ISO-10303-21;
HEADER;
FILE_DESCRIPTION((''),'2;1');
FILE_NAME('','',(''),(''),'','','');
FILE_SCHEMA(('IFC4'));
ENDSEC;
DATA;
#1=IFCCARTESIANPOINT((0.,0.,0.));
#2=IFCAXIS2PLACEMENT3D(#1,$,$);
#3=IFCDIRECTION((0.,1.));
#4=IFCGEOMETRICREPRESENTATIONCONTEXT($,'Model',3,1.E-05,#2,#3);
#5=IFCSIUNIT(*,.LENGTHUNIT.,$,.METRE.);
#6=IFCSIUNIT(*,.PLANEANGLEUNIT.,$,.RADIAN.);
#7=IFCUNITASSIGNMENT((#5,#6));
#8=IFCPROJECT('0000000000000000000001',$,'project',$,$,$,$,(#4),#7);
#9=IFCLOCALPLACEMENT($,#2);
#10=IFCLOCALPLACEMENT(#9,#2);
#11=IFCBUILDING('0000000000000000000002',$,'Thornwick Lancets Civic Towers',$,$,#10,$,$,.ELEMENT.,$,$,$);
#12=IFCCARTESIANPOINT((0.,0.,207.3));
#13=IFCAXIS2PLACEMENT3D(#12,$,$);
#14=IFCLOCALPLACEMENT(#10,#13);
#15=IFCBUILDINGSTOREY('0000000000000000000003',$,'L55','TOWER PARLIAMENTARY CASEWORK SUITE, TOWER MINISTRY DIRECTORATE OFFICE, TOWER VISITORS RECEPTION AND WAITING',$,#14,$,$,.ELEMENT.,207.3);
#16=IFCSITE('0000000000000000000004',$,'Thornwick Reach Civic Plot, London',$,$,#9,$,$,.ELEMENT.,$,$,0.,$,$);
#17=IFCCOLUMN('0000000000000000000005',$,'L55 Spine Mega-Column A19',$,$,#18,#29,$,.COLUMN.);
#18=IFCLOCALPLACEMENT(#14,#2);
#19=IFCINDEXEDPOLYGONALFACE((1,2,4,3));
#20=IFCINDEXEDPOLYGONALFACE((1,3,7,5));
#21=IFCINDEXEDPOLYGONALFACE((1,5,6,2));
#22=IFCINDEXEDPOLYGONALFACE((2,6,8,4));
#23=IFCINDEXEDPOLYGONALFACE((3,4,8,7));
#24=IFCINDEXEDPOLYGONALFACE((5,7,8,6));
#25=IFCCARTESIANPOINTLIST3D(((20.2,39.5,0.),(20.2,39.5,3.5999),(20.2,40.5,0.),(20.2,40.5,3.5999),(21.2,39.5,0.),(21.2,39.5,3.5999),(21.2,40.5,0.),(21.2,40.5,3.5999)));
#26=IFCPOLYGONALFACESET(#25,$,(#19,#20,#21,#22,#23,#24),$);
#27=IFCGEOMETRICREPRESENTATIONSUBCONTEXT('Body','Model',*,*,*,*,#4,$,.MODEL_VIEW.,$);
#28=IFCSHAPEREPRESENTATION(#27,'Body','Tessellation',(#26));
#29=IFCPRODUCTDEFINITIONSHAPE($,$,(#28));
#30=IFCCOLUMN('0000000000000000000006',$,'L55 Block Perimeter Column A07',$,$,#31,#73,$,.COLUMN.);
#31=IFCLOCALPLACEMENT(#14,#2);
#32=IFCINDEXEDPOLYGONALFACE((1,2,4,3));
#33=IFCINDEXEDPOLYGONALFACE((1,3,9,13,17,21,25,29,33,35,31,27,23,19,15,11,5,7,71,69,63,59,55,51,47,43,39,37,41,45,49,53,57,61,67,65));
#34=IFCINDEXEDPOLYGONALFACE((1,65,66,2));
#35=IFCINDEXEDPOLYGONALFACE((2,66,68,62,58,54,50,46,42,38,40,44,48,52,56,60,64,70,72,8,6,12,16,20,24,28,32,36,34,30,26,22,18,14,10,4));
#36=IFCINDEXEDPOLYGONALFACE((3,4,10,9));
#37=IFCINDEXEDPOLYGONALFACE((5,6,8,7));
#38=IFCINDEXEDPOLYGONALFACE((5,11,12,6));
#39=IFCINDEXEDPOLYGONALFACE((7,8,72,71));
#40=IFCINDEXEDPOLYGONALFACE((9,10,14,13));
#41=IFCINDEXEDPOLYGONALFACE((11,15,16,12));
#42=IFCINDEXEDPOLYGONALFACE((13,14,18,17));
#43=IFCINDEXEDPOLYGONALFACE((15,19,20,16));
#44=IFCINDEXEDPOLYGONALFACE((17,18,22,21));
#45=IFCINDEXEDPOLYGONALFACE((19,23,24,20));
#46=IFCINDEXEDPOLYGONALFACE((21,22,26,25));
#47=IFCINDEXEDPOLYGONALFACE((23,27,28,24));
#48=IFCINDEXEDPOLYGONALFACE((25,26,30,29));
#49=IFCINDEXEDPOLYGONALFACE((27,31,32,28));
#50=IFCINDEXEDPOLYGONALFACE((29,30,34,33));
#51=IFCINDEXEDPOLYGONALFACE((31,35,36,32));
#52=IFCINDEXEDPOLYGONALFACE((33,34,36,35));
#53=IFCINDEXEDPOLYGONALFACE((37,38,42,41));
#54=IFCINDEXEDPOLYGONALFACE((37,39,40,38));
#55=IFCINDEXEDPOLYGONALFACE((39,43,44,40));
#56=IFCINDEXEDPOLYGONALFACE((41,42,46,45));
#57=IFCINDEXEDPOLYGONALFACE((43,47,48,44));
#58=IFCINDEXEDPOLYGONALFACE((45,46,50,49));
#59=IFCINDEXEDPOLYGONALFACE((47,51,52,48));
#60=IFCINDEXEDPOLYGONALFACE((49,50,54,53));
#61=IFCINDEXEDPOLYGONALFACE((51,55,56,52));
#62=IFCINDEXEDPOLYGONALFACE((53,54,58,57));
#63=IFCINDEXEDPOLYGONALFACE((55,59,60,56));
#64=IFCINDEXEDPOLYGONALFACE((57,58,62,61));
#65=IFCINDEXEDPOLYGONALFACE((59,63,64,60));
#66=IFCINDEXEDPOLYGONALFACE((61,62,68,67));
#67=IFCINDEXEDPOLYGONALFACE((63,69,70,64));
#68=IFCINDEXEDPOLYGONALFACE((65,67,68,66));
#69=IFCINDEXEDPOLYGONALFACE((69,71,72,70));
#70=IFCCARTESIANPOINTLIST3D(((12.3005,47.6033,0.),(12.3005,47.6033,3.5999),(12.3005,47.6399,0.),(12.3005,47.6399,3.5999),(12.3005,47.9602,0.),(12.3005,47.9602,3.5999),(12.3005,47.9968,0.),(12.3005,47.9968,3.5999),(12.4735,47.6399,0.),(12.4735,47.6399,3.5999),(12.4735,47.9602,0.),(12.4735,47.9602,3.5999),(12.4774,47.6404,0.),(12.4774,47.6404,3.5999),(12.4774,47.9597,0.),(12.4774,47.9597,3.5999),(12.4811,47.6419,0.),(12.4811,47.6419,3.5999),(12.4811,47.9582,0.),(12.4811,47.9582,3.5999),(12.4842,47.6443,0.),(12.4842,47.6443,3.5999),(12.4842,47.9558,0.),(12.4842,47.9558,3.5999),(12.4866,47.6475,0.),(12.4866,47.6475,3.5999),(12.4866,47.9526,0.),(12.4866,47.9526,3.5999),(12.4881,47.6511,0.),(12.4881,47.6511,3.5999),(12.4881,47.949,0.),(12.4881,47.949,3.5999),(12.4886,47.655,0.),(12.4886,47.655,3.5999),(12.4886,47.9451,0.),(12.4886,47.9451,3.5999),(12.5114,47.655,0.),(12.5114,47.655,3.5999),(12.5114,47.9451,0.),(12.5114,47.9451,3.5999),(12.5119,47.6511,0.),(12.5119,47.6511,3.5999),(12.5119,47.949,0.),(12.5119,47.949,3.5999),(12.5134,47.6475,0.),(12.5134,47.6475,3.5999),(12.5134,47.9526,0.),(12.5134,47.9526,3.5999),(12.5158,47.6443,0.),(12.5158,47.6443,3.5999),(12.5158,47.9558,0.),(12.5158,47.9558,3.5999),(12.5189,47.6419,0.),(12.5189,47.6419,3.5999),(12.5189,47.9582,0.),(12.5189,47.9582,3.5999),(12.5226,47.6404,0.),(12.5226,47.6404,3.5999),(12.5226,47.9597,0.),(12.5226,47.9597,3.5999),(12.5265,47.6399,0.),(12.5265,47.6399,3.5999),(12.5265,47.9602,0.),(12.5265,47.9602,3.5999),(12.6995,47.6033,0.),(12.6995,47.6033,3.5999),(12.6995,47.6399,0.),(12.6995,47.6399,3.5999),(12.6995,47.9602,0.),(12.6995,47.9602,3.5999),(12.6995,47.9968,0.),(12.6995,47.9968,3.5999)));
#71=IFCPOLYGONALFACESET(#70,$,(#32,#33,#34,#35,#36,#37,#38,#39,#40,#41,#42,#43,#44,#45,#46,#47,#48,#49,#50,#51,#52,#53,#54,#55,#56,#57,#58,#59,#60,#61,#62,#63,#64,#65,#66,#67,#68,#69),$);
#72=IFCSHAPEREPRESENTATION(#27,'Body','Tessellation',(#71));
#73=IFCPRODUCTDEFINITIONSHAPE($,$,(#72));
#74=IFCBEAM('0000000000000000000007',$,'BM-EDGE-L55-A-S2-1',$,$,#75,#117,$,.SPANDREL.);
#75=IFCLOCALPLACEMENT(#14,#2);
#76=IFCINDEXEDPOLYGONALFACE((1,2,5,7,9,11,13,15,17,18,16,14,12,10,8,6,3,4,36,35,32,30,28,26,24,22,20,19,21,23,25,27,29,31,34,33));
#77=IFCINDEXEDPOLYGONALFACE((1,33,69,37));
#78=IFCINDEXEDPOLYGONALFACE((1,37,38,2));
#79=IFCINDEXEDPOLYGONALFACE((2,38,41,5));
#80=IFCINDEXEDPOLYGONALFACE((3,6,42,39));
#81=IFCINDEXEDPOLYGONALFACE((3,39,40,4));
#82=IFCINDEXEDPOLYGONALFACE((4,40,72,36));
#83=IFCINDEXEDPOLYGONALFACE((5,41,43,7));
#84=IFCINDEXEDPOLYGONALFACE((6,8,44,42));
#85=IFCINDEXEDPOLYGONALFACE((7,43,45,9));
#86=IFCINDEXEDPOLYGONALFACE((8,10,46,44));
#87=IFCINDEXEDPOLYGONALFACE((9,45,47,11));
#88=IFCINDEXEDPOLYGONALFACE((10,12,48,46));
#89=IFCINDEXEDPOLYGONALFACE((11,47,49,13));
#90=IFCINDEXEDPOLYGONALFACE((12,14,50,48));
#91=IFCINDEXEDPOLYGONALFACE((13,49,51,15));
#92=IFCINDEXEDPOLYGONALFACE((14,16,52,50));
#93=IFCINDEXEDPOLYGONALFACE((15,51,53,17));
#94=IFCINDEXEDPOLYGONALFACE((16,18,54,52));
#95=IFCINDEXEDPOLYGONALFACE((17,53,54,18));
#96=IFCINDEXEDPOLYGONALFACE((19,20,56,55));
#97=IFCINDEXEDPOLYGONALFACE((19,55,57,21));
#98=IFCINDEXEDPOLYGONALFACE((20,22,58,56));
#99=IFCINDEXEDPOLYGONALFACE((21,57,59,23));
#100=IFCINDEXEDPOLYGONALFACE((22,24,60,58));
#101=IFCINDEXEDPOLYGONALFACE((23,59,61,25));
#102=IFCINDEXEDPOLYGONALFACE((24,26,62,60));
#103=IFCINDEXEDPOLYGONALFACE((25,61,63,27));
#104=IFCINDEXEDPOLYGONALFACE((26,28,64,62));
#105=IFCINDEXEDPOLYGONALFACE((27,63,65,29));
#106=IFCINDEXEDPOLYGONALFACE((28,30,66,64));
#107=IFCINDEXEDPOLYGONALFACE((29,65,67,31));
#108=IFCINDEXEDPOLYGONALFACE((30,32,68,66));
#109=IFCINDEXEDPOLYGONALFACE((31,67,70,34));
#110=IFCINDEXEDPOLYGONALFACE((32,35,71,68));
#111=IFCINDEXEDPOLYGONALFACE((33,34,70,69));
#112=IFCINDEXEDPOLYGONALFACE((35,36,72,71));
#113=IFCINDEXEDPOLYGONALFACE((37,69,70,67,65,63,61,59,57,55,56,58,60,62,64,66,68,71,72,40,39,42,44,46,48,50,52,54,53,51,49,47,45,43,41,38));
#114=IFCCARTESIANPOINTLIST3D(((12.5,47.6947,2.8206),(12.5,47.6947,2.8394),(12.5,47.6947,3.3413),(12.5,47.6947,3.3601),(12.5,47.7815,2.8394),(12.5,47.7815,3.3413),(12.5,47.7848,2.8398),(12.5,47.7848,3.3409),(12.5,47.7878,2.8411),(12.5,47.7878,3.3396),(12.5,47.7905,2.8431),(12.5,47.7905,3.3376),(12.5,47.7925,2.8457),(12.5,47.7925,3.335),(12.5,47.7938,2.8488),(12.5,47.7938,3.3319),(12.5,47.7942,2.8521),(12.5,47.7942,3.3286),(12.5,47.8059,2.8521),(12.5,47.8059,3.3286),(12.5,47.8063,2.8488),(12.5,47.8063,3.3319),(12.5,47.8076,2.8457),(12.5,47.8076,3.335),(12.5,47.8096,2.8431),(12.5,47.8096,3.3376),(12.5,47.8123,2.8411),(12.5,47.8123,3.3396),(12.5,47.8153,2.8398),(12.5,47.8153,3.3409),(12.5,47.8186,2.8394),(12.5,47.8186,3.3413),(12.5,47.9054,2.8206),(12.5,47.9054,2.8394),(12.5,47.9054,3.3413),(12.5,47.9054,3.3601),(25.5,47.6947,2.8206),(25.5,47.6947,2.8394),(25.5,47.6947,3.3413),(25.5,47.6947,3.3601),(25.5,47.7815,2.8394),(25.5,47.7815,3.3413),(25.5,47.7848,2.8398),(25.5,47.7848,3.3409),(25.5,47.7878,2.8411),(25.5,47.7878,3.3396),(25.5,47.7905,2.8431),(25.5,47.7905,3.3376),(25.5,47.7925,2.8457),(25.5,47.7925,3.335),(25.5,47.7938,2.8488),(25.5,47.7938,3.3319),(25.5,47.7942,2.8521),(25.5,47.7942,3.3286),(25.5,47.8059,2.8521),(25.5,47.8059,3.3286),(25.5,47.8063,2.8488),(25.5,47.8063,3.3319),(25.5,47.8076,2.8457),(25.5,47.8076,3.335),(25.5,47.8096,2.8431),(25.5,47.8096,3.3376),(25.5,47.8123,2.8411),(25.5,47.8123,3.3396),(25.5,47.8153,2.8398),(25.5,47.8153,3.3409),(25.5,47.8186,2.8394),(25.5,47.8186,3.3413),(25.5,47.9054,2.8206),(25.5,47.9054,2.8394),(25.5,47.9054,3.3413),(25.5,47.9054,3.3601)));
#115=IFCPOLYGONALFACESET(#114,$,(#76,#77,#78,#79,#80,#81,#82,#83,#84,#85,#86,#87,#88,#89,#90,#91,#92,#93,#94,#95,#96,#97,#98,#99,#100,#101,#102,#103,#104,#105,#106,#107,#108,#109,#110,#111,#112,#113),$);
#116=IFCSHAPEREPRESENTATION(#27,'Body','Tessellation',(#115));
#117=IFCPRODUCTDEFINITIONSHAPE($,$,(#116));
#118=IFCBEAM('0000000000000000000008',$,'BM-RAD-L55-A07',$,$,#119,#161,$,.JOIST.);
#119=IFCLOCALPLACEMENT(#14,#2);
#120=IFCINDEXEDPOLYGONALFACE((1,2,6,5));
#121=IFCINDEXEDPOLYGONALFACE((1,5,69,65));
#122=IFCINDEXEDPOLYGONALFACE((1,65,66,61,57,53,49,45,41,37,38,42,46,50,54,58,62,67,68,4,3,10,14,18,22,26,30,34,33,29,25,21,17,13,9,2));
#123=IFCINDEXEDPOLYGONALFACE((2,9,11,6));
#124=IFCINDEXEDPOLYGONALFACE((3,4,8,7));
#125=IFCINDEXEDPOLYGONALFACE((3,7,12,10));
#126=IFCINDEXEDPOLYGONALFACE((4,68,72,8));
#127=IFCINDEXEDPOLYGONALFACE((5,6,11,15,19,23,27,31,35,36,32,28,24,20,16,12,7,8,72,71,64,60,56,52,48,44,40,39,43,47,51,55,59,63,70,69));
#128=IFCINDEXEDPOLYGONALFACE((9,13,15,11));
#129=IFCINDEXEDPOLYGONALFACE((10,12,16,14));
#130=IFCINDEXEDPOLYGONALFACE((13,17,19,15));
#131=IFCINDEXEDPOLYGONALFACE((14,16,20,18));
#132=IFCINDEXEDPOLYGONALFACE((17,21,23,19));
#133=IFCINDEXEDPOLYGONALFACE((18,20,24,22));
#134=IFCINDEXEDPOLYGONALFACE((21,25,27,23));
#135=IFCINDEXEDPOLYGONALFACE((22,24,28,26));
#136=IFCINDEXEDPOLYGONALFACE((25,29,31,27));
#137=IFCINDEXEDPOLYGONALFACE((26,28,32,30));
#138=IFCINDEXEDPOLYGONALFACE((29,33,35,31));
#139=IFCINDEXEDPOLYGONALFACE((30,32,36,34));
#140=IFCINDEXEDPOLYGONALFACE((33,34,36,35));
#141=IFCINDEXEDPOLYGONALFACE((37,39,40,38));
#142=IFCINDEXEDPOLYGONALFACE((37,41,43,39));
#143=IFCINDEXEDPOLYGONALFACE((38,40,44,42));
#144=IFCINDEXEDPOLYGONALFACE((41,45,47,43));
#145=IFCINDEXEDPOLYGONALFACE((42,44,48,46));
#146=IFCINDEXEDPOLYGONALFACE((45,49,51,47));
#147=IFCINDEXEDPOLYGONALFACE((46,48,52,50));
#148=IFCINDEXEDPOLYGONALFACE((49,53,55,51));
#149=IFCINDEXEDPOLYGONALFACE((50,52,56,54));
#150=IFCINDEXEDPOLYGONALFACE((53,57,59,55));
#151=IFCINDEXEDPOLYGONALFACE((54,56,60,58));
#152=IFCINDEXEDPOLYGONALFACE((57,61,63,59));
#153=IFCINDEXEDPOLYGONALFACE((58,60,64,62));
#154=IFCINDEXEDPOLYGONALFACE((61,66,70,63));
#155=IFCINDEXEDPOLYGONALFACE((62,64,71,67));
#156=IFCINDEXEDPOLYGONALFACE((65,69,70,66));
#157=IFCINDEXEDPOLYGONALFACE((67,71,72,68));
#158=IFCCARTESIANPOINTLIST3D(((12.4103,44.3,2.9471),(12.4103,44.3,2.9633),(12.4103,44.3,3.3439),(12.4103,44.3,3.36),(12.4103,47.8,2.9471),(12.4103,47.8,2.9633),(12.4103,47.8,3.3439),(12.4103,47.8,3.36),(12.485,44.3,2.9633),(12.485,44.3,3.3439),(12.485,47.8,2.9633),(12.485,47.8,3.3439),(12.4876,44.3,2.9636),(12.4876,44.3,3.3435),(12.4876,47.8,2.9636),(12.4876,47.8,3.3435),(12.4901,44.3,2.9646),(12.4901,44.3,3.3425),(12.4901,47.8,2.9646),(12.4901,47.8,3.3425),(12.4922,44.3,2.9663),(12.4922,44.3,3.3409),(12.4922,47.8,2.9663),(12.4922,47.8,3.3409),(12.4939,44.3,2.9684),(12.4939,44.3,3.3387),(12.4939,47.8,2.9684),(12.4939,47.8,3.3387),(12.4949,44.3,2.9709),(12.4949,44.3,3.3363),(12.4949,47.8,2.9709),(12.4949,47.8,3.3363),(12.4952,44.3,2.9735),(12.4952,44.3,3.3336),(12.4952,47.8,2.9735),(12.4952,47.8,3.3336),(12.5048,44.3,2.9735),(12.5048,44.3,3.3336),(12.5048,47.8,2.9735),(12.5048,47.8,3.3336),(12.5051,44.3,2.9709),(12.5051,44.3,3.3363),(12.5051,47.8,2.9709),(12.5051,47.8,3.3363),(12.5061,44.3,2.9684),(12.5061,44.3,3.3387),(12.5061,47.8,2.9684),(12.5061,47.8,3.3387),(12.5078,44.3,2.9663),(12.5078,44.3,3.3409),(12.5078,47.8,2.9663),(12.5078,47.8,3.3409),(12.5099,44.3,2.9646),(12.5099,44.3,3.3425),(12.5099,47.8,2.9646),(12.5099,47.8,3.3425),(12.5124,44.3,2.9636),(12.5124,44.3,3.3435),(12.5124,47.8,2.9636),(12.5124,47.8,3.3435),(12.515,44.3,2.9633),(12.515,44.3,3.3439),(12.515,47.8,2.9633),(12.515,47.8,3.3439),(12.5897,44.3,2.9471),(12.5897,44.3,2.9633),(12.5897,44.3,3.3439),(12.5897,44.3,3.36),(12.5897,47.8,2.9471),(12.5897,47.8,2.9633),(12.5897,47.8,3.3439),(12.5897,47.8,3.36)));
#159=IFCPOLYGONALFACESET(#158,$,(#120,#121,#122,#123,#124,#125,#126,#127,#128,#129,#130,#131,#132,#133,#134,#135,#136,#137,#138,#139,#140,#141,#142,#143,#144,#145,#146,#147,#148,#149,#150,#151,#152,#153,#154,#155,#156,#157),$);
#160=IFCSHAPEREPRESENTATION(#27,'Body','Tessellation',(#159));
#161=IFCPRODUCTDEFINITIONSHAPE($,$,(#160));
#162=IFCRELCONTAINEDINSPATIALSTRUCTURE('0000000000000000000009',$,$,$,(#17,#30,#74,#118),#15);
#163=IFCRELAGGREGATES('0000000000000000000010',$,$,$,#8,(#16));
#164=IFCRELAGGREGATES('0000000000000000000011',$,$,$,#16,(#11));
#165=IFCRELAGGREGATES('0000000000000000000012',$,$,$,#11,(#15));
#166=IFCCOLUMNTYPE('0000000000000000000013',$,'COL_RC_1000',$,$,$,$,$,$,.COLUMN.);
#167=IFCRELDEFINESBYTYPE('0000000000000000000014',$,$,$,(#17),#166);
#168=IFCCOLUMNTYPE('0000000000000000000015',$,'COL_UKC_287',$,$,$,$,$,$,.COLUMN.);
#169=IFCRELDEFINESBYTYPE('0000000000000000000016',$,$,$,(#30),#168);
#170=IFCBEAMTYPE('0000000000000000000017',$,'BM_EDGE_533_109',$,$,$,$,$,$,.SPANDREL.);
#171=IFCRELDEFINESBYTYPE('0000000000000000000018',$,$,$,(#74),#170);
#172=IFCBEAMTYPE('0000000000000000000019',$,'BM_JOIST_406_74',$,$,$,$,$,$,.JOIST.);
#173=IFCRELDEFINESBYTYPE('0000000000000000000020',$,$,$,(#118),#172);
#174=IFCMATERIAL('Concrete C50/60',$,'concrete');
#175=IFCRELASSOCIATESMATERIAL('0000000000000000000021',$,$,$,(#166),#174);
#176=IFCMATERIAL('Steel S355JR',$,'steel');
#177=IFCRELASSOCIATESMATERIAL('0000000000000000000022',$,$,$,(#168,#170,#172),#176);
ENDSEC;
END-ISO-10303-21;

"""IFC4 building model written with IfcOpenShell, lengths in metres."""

from ifc_helpers import new_model, si_unit, direction, frame, origin, origin_2d, place, context, subcontext, project, spatial, rectangle, i_section, extrude, material, material_profile, profile_set, type_object, element, save


model = new_model("IFC4")

# Units and contexts
model_context = context("Model", 3, precision=1e-05, world=origin(), true_north=direction((0.0, 1.0)))
body_context = subcontext(model_context, "Body", "Model", "MODEL_VIEW")
ifc_project = project(units=[si_unit("LENGTHUNIT", "METRE"), si_unit("PLANEANGLEUNIT", "RADIAN")], contexts=[model_context])

# Site, building, storey
site_placement = place(None, origin())
site = spatial("IfcSite", under=ifc_project, at=site_placement, Name="Thornwick Reach Civic Plot, London", CompositionType="ELEMENT", RefElevation=0.0)
building_placement = place(site_placement, origin())
building = spatial("IfcBuilding", under=site, at=building_placement, Name="Thornwick Lancets Civic Towers", CompositionType="ELEMENT")
storey_placement = place(building_placement, frame((0.0, 0.0, 207.3)))
storey = spatial("IfcBuildingStorey", under=building, at=storey_placement, Name="L55", Description="TOWER PARLIAMENTARY CASEWORK SUITE, TOWER MINISTRY DIRECTORATE OFFICE, TOWER VISITORS RECEPTION AND WAITING", CompositionType="ELEMENT", Elevation=207.3)

# Columns
ifc_material_1 = material(Name="Concrete C50/60", Category="concrete")
ifc_material_profile_1 = material_profile(ifc_material_1, rectangle(XDim=1.0, YDim=1.0, at=origin_2d()), Name="RC 1000x1000")
ifc_profile_set_1 = profile_set([ifc_material_profile_1], Name="Concrete C50/60")
column_type_1 = type_object("IfcColumnType", Name="COL_RC_1000", PredefinedType="COLUMN", material=ifc_profile_set_1)
column_1_placement = place(storey_placement, frame((20.7, 40.0, 0.0), z_axis=(0.0, 0.0, 1.0), x_axis=(1.0, 0.0, 0.0)))
element("IfcColumn", 1, at=column_1_placement, inside=storey, type_object=column_type_1, Name="L55 Spine Mega-Column A19", PredefinedType="COLUMN", context=body_context, shape_type="SweptSolid", body=[
    extrude(rectangle(XDim=1.0, YDim=1.0, at=origin_2d()), origin(), (0.0, 0.0, 1.0), 3.5999),
])
ifc_material_2 = material(Name="Steel S355JR", Category="steel")
ifc_material_profile_2 = material_profile(ifc_material_2, i_section(OverallWidth=0.3989, OverallDepth=0.3936, WebThickness=0.0227, FlangeThickness=0.0366, FilletRadius=0.0151, at=origin_2d()), Name="UKC 356x406x287")
ifc_profile_set_2 = profile_set([ifc_material_profile_2], Name="Steel S355JR")
column_type_2 = type_object("IfcColumnType", Name="COL_UKC_287", PredefinedType="COLUMN", material=ifc_profile_set_2)
column_2_placement = place(storey_placement, frame((12.5, 47.8, 0.0), z_axis=(0.0, 0.0, 1.0), x_axis=(1.0, 0.0, 0.0)))
element("IfcColumn", 2, at=column_2_placement, inside=storey, type_object=column_type_2, Name="L55 Block Perimeter Column A07", PredefinedType="COLUMN", context=body_context, shape_type="SweptSolid", body=[
    extrude(i_section(OverallWidth=0.3989, OverallDepth=0.3936, WebThickness=0.0227, FlangeThickness=0.0366, FilletRadius=0.0151, at=origin_2d()), origin(), (0.0, 0.0, 1.0), 3.5999),
])

# Beams
ifc_material_profile_3 = material_profile(ifc_material_2, i_section(OverallWidth=0.2107, OverallDepth=0.5396, WebThickness=0.0117, FlangeThickness=0.0188, FilletRadius=0.0127, at=origin_2d()), Name="UKB 533x210x109")
ifc_profile_set_3 = profile_set([ifc_material_profile_3], Name="Steel S355JR")
beam_type_1 = type_object("IfcBeamType", Name="BM_EDGE_533_109", PredefinedType="SPANDREL", material=ifc_profile_set_3)
beam_1_placement = place(storey_placement, frame((12.5, 47.8, 3.0903), z_axis=(1.0, 0.0, 0.0), x_axis=(0.0, 1.0, 0.0)))
element("IfcBeam", 3, at=beam_1_placement, inside=storey, type_object=beam_type_1, Name="BM-EDGE-L55-A-S2-1", PredefinedType="SPANDREL", context=body_context, shape_type="SweptSolid", body=[
    extrude(i_section(OverallWidth=0.2107, OverallDepth=0.5396, WebThickness=0.0117, FlangeThickness=0.0188, FilletRadius=0.0127, at=origin_2d()), origin(), (0.0, 0.0, 1.0), 13.0),
])
ifc_material_profile_4 = material_profile(ifc_material_2, i_section(OverallWidth=0.1794, OverallDepth=0.4128, WebThickness=0.0095, FlangeThickness=0.0161, FilletRadius=0.0103, at=origin_2d()), Name="UKB 406x178x74")
ifc_profile_set_4 = profile_set([ifc_material_profile_4], Name="Steel S355JR")
beam_type_2 = type_object("IfcBeamType", Name="BM_JOIST_406_74", PredefinedType="JOIST", material=ifc_profile_set_4)
beam_2_placement = place(storey_placement, frame((12.5, 44.3, 3.1536), z_axis=(0.0, 1.0, 0.0), x_axis=(-1.0, 0.0, 0.0)))
element("IfcBeam", 4, at=beam_2_placement, inside=storey, type_object=beam_type_2, Name="BM-RAD-L55-A07", PredefinedType="JOIST", context=body_context, shape_type="SweptSolid", body=[
    extrude(i_section(OverallWidth=0.1794, OverallDepth=0.4128, WebThickness=0.0095, FlangeThickness=0.0161, FilletRadius=0.0103, at=origin_2d()), origin(), (0.0, 0.0, 1.0), 3.5),
])

save(model, "model.ifc")
